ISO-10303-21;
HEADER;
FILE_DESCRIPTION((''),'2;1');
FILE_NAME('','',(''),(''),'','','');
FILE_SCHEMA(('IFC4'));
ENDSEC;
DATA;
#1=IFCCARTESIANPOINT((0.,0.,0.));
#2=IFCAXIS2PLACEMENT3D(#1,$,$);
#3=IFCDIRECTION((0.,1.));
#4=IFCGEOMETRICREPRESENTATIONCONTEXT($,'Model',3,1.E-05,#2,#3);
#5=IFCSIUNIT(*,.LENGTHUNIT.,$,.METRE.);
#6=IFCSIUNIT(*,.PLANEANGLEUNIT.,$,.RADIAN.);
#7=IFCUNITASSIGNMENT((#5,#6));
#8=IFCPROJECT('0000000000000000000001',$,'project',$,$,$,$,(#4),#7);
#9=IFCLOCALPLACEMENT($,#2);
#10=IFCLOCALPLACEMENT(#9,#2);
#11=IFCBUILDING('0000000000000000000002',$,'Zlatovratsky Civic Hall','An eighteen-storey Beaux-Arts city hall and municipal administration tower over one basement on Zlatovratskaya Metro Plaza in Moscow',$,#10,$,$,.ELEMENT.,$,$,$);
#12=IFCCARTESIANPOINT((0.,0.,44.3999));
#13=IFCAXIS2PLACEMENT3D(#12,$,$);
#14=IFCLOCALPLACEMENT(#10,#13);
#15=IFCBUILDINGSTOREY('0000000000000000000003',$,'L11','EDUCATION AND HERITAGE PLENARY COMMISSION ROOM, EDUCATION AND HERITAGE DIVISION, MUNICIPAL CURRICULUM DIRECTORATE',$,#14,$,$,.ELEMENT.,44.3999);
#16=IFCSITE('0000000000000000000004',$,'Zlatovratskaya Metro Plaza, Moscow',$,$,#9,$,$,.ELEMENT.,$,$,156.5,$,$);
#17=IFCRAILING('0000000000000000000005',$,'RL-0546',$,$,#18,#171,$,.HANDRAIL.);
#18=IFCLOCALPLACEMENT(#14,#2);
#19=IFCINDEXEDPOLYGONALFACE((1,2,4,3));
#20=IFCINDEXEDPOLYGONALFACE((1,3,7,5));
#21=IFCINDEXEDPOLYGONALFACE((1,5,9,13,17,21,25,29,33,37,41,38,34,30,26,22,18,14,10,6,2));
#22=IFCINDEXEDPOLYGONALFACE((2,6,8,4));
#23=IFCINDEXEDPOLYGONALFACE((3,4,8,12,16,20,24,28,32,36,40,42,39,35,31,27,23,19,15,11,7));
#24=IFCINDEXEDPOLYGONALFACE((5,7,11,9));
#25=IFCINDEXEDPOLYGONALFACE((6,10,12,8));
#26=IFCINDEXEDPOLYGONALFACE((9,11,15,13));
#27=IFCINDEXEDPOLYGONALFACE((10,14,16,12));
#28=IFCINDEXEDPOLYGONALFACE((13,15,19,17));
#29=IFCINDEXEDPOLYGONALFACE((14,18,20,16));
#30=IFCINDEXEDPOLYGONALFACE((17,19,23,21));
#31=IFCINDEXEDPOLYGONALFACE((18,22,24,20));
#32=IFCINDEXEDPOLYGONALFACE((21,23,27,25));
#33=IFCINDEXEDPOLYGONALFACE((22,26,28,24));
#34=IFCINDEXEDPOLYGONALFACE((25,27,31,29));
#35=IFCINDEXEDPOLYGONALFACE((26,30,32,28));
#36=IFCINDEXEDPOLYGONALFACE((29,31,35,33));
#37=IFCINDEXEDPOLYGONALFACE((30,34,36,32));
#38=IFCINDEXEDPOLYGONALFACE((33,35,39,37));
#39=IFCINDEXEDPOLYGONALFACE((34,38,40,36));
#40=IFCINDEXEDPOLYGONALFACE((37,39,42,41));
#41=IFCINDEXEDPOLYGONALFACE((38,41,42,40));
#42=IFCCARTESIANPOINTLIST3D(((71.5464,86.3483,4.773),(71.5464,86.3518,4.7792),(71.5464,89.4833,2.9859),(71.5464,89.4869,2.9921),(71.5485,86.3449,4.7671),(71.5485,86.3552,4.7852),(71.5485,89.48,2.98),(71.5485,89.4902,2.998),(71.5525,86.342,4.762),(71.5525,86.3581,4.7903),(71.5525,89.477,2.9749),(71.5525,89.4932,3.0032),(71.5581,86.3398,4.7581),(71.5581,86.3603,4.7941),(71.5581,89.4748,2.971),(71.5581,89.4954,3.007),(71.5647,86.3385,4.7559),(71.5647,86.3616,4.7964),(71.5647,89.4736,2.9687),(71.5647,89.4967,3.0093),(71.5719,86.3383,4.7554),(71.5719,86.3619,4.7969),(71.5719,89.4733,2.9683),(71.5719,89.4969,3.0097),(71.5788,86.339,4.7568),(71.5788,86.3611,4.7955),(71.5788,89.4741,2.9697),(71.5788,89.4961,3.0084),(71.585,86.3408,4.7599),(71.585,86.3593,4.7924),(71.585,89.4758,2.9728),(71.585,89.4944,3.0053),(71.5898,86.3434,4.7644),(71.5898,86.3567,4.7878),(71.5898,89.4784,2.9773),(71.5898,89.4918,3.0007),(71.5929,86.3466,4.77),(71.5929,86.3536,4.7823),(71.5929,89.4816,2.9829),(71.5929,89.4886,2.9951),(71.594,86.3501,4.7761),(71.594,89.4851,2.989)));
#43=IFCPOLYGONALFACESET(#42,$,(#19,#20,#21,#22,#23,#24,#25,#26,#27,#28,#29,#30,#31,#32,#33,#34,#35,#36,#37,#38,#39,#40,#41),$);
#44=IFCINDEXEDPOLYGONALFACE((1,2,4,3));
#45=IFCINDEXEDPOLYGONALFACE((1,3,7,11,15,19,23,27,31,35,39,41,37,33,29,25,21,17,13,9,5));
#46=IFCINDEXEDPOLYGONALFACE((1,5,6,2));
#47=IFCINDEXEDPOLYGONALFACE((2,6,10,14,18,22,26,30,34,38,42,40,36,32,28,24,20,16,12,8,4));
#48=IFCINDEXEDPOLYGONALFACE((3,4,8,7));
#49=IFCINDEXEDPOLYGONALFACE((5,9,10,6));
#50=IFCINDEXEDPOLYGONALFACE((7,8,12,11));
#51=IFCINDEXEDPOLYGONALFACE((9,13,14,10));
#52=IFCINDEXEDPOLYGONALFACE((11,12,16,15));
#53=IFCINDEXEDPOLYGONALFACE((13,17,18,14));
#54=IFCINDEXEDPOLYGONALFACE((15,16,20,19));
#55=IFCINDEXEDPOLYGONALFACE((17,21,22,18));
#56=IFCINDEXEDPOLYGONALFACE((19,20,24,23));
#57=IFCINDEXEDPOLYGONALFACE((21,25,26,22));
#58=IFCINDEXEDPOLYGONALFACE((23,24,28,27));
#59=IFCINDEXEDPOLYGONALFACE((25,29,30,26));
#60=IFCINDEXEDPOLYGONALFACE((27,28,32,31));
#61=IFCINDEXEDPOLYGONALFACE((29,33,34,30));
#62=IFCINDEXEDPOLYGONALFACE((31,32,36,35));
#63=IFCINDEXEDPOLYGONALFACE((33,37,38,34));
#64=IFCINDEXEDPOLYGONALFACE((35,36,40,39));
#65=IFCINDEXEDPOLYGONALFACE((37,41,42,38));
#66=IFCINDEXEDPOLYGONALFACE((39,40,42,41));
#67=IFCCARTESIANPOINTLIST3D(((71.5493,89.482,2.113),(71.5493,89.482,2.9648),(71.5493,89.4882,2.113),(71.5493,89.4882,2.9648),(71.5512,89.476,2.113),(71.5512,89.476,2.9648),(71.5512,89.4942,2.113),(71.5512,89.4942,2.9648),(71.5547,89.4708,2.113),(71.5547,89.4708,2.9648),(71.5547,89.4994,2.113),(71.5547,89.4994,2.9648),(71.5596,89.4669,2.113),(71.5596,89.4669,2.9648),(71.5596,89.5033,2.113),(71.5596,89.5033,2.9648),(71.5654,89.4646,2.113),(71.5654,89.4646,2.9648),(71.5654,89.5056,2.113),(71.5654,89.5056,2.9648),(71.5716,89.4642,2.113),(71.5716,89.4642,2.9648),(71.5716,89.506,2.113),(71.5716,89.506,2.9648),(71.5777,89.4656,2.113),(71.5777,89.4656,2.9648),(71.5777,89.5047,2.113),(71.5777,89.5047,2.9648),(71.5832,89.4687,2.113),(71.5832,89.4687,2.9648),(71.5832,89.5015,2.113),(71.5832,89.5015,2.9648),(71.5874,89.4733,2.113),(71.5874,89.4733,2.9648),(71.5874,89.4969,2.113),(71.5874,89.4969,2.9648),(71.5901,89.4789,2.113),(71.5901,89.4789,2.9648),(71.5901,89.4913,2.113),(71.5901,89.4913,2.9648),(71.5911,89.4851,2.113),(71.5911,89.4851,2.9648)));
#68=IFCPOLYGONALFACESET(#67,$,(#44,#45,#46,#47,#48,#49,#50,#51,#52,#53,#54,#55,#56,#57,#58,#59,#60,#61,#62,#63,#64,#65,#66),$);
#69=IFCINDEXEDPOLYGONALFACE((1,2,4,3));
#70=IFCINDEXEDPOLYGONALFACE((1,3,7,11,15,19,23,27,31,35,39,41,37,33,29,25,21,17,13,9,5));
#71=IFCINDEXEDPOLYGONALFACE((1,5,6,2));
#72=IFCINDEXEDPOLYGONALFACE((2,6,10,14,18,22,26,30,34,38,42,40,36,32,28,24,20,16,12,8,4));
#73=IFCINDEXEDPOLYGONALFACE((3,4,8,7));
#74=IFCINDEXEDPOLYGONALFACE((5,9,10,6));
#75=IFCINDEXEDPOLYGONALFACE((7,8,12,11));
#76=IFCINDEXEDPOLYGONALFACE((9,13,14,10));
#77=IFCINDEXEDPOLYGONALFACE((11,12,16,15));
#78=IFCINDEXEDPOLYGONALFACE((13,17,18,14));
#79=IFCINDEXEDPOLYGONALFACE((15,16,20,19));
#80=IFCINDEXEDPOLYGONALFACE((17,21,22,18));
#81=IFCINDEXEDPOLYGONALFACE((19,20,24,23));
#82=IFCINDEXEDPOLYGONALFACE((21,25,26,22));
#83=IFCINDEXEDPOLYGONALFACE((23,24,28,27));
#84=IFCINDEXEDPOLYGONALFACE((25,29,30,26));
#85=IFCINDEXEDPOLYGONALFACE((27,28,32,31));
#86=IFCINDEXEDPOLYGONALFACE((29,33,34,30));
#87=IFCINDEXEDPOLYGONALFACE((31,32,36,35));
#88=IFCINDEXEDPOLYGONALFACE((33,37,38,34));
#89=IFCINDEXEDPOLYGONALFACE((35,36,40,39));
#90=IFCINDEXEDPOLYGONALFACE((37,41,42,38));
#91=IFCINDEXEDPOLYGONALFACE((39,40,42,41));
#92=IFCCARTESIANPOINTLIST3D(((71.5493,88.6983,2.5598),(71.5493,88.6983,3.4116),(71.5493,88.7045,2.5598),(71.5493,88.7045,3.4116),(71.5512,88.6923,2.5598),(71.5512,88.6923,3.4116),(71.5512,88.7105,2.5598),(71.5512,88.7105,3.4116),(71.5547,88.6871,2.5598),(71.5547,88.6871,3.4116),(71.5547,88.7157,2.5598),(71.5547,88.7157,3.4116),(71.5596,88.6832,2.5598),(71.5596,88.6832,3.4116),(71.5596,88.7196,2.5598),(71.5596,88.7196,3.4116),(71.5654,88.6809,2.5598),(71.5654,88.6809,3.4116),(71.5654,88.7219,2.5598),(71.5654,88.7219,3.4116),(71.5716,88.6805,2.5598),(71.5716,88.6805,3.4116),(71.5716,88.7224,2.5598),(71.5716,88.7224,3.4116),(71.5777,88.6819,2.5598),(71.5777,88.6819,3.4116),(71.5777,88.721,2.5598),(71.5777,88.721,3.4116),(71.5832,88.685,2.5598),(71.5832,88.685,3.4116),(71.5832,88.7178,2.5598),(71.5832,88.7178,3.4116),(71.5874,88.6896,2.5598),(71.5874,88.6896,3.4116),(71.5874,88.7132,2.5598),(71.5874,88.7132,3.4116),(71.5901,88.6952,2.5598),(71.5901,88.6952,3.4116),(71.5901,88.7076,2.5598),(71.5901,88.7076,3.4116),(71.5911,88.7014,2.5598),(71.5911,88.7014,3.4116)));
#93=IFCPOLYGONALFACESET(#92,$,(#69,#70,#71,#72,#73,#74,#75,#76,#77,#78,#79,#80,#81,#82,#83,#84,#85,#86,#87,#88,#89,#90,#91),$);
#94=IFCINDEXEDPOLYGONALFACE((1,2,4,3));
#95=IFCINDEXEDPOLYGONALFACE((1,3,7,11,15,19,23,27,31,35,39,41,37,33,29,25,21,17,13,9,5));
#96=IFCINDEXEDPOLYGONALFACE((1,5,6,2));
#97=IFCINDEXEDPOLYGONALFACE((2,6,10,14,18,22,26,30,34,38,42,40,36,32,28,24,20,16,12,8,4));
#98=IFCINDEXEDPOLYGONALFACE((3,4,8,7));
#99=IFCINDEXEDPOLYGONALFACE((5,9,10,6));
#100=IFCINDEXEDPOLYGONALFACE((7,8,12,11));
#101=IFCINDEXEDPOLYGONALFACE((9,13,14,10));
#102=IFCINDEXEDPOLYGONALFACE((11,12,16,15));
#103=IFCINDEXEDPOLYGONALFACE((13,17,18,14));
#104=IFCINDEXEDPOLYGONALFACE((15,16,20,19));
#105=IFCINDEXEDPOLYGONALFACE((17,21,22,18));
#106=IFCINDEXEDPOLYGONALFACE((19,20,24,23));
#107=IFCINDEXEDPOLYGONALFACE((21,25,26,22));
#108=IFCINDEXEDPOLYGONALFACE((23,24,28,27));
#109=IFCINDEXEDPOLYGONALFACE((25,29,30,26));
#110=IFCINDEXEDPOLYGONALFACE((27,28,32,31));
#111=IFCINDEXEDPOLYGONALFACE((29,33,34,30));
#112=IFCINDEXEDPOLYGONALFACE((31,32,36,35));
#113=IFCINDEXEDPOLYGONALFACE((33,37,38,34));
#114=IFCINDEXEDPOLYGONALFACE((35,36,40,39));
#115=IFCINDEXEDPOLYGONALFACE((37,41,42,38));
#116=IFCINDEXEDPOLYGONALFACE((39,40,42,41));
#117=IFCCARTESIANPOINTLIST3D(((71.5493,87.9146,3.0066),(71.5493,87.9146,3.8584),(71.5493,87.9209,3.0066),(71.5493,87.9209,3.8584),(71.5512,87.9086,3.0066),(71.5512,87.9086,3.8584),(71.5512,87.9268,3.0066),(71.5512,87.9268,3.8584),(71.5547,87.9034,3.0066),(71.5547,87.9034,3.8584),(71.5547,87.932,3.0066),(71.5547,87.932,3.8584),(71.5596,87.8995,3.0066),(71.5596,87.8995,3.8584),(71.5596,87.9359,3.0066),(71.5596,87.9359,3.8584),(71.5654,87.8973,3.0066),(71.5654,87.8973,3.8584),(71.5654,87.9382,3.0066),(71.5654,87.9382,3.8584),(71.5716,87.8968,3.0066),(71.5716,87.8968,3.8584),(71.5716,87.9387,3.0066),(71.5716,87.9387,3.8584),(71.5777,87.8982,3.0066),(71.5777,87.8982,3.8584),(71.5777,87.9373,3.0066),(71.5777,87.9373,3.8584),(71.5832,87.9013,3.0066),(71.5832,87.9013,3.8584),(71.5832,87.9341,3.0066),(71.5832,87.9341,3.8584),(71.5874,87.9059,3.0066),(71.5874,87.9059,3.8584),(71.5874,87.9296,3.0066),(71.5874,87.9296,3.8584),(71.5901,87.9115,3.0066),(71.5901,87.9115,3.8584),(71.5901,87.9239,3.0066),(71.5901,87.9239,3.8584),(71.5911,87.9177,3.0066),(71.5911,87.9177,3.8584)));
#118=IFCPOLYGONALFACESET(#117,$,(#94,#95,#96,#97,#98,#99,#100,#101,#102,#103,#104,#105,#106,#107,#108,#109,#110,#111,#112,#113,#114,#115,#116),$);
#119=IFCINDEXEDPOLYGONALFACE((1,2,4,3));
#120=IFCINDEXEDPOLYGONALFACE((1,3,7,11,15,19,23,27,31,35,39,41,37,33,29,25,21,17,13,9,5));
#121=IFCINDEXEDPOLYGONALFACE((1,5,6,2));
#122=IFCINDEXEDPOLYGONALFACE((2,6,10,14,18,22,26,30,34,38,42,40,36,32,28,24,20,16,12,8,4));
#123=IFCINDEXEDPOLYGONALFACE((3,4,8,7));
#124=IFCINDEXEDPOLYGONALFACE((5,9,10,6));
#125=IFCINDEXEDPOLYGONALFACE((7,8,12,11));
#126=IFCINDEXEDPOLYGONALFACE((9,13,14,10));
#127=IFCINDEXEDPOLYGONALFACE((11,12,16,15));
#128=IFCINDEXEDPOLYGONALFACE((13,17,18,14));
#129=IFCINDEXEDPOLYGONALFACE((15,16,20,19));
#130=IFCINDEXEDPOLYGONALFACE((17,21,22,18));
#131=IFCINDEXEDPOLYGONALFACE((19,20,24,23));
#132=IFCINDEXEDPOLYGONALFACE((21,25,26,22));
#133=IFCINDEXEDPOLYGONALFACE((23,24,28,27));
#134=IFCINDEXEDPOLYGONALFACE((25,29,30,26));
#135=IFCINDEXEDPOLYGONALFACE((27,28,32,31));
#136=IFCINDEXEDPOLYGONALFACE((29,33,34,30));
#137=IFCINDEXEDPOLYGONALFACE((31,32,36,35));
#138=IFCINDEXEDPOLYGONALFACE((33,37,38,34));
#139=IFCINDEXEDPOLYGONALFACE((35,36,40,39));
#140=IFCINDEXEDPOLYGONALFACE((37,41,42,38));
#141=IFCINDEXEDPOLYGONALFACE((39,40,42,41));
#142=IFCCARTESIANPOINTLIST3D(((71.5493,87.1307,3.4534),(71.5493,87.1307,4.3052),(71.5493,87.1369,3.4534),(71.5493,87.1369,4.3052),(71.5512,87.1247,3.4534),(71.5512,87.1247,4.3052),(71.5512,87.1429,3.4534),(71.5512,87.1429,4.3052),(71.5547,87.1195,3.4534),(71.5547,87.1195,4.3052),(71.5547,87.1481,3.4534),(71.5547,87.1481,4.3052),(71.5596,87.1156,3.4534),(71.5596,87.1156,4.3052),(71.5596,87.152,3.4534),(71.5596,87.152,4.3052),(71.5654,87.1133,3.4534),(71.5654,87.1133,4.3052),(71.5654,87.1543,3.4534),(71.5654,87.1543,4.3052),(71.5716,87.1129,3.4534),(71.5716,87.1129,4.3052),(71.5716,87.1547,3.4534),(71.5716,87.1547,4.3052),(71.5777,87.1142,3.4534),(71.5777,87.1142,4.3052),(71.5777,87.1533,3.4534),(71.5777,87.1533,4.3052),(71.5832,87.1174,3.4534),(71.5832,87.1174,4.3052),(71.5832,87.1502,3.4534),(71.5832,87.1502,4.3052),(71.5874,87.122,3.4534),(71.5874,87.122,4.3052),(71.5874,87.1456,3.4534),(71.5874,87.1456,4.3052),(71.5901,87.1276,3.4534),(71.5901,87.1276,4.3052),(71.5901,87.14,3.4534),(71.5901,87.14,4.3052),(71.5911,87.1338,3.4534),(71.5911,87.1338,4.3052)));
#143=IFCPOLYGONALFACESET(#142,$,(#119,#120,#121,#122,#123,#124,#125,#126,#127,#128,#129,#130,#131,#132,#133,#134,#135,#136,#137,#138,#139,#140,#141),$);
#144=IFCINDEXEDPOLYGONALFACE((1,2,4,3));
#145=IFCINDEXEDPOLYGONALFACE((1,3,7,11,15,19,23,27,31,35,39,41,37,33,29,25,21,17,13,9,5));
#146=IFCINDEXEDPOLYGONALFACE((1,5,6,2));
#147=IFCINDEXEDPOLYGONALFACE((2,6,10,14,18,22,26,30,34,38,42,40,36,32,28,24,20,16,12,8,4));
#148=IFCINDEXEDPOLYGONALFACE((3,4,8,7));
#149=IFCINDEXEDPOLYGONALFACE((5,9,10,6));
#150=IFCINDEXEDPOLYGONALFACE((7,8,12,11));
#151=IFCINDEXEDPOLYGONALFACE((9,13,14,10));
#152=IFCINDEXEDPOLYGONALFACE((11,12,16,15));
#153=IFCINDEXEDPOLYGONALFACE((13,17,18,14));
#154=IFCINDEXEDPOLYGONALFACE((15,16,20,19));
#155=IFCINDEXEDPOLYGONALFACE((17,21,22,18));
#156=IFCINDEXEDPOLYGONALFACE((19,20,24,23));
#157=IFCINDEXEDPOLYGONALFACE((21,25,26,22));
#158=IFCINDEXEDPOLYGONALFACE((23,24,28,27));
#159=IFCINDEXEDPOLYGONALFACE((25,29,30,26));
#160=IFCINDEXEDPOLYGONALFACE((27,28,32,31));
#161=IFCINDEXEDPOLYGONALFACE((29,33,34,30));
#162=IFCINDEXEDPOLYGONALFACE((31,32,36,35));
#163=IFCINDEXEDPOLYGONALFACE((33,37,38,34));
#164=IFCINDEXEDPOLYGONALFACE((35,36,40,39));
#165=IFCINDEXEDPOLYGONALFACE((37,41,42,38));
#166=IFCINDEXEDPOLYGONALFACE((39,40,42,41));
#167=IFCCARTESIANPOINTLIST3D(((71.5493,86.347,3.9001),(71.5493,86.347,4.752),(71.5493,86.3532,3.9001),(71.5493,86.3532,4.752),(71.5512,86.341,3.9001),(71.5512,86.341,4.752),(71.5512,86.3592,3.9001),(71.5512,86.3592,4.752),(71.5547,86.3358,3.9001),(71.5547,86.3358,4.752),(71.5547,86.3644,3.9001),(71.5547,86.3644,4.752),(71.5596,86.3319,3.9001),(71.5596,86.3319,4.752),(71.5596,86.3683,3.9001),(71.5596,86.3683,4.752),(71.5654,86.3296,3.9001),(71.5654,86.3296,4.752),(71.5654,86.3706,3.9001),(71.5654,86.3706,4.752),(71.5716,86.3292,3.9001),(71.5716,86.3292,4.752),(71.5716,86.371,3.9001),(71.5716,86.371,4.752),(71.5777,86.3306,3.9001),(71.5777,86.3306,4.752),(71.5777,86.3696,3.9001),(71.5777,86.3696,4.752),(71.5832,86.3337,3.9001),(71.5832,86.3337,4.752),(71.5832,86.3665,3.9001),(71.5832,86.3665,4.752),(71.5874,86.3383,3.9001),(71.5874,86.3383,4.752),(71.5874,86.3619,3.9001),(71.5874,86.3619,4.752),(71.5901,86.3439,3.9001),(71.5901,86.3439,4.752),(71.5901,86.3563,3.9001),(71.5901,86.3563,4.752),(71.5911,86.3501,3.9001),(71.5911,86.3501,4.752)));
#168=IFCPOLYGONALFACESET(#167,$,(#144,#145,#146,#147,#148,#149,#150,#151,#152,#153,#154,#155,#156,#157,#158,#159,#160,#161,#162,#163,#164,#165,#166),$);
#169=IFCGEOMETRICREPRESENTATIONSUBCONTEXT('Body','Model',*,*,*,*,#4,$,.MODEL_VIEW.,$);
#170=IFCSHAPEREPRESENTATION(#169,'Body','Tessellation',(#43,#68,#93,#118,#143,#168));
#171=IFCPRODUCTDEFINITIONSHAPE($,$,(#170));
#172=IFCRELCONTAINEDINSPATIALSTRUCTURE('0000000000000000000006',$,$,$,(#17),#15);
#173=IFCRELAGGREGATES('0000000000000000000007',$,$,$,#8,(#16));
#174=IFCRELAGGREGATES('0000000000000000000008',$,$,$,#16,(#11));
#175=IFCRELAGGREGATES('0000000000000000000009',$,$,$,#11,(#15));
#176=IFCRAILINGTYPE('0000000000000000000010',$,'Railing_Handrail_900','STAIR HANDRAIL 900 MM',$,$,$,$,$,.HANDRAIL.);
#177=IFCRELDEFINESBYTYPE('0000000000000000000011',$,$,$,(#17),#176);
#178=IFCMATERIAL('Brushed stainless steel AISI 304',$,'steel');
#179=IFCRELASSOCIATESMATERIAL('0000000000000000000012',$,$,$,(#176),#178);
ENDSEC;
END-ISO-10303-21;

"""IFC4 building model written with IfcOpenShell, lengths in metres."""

from ifc_helpers import new_model, si_unit, direction, frame, origin, origin_2d, place, context, subcontext, project, spatial, circle, extrude, material, type_object, element, save


model = new_model("IFC4")

# Units and contexts
model_context = context("Model", 3, precision=1e-05, world=origin(), true_north=direction((0.0, 1.0)))
body_context = subcontext(model_context, "Body", "Model", "MODEL_VIEW")
ifc_project = project(units=[si_unit("LENGTHUNIT", "METRE"), si_unit("PLANEANGLEUNIT", "RADIAN")], contexts=[model_context])

# Site, building, storey
site_placement = place(None, origin())
site = spatial("IfcSite", under=ifc_project, at=site_placement, Name="Zlatovratskaya Metro Plaza, Moscow", CompositionType="ELEMENT", RefElevation=156.5)
building_placement = place(site_placement, origin())
building = spatial("IfcBuilding", under=site, at=building_placement, Name="Zlatovratsky Civic Hall", Description="An eighteen-storey Beaux-Arts city hall and municipal administration tower over one basement on Zlatovratskaya Metro Plaza in Moscow", CompositionType="ELEMENT")
storey_placement = place(building_placement, frame((0.0, 0.0, 44.3999)))
storey = spatial("IfcBuildingStorey", under=building, at=storey_placement, Name="L11", Description="EDUCATION AND HERITAGE PLENARY COMMISSION ROOM, EDUCATION AND HERITAGE DIVISION, MUNICIPAL CURRICULUM DIRECTORATE", CompositionType="ELEMENT", Elevation=44.3999)

# Railing
ifc_material_1 = material(Name="Brushed stainless steel AISI 304", Category="steel")
railing_type_1 = type_object("IfcRailingType", Name="Railing_Handrail_900", Description="STAIR HANDRAIL 900 MM", PredefinedType="HANDRAIL", material=ifc_material_1)
railing_1_placement = place(storey_placement, frame((71.5701, 89.4851, 2.113)))
element("IfcRailing", 1, at=railing_1_placement, inside=storey, type_object=railing_type_1, Name="RL-0546", PredefinedType="HANDRAIL", context=body_context, shape_type="SweptSolid", body=[
    extrude(circle(Radius=0.0239, at=origin_2d()), frame((0.0, 0.0, 0.876), z_axis=(0.0, -0.868759, 0.495235), x_axis=(1.0, 0.0, 0.0)), (0.0, 0.0, 1.0), 3.6086),
    extrude(circle(Radius=0.021, at=origin_2d()), origin(), (0.0, 0.0, 1.0), 0.8518),
    extrude(circle(Radius=0.021, at=origin_2d()), frame((0.0, -0.7837, 0.4468)), (0.0, 0.0, 1.0), 0.8518),
    extrude(circle(Radius=0.021, at=origin_2d()), frame((0.0, -1.5674, 0.8936)), (0.0, 0.0, 1.0), 0.8518),
    extrude(circle(Radius=0.021, at=origin_2d()), frame((0.0, -2.3513, 1.3403)), (0.0, 0.0, 1.0), 0.8518),
    extrude(circle(Radius=0.021, at=origin_2d()), frame((0.0, -3.135, 1.7871)), (0.0, 0.0, 1.0), 0.8518),
])

save(model, "model.ifc")
